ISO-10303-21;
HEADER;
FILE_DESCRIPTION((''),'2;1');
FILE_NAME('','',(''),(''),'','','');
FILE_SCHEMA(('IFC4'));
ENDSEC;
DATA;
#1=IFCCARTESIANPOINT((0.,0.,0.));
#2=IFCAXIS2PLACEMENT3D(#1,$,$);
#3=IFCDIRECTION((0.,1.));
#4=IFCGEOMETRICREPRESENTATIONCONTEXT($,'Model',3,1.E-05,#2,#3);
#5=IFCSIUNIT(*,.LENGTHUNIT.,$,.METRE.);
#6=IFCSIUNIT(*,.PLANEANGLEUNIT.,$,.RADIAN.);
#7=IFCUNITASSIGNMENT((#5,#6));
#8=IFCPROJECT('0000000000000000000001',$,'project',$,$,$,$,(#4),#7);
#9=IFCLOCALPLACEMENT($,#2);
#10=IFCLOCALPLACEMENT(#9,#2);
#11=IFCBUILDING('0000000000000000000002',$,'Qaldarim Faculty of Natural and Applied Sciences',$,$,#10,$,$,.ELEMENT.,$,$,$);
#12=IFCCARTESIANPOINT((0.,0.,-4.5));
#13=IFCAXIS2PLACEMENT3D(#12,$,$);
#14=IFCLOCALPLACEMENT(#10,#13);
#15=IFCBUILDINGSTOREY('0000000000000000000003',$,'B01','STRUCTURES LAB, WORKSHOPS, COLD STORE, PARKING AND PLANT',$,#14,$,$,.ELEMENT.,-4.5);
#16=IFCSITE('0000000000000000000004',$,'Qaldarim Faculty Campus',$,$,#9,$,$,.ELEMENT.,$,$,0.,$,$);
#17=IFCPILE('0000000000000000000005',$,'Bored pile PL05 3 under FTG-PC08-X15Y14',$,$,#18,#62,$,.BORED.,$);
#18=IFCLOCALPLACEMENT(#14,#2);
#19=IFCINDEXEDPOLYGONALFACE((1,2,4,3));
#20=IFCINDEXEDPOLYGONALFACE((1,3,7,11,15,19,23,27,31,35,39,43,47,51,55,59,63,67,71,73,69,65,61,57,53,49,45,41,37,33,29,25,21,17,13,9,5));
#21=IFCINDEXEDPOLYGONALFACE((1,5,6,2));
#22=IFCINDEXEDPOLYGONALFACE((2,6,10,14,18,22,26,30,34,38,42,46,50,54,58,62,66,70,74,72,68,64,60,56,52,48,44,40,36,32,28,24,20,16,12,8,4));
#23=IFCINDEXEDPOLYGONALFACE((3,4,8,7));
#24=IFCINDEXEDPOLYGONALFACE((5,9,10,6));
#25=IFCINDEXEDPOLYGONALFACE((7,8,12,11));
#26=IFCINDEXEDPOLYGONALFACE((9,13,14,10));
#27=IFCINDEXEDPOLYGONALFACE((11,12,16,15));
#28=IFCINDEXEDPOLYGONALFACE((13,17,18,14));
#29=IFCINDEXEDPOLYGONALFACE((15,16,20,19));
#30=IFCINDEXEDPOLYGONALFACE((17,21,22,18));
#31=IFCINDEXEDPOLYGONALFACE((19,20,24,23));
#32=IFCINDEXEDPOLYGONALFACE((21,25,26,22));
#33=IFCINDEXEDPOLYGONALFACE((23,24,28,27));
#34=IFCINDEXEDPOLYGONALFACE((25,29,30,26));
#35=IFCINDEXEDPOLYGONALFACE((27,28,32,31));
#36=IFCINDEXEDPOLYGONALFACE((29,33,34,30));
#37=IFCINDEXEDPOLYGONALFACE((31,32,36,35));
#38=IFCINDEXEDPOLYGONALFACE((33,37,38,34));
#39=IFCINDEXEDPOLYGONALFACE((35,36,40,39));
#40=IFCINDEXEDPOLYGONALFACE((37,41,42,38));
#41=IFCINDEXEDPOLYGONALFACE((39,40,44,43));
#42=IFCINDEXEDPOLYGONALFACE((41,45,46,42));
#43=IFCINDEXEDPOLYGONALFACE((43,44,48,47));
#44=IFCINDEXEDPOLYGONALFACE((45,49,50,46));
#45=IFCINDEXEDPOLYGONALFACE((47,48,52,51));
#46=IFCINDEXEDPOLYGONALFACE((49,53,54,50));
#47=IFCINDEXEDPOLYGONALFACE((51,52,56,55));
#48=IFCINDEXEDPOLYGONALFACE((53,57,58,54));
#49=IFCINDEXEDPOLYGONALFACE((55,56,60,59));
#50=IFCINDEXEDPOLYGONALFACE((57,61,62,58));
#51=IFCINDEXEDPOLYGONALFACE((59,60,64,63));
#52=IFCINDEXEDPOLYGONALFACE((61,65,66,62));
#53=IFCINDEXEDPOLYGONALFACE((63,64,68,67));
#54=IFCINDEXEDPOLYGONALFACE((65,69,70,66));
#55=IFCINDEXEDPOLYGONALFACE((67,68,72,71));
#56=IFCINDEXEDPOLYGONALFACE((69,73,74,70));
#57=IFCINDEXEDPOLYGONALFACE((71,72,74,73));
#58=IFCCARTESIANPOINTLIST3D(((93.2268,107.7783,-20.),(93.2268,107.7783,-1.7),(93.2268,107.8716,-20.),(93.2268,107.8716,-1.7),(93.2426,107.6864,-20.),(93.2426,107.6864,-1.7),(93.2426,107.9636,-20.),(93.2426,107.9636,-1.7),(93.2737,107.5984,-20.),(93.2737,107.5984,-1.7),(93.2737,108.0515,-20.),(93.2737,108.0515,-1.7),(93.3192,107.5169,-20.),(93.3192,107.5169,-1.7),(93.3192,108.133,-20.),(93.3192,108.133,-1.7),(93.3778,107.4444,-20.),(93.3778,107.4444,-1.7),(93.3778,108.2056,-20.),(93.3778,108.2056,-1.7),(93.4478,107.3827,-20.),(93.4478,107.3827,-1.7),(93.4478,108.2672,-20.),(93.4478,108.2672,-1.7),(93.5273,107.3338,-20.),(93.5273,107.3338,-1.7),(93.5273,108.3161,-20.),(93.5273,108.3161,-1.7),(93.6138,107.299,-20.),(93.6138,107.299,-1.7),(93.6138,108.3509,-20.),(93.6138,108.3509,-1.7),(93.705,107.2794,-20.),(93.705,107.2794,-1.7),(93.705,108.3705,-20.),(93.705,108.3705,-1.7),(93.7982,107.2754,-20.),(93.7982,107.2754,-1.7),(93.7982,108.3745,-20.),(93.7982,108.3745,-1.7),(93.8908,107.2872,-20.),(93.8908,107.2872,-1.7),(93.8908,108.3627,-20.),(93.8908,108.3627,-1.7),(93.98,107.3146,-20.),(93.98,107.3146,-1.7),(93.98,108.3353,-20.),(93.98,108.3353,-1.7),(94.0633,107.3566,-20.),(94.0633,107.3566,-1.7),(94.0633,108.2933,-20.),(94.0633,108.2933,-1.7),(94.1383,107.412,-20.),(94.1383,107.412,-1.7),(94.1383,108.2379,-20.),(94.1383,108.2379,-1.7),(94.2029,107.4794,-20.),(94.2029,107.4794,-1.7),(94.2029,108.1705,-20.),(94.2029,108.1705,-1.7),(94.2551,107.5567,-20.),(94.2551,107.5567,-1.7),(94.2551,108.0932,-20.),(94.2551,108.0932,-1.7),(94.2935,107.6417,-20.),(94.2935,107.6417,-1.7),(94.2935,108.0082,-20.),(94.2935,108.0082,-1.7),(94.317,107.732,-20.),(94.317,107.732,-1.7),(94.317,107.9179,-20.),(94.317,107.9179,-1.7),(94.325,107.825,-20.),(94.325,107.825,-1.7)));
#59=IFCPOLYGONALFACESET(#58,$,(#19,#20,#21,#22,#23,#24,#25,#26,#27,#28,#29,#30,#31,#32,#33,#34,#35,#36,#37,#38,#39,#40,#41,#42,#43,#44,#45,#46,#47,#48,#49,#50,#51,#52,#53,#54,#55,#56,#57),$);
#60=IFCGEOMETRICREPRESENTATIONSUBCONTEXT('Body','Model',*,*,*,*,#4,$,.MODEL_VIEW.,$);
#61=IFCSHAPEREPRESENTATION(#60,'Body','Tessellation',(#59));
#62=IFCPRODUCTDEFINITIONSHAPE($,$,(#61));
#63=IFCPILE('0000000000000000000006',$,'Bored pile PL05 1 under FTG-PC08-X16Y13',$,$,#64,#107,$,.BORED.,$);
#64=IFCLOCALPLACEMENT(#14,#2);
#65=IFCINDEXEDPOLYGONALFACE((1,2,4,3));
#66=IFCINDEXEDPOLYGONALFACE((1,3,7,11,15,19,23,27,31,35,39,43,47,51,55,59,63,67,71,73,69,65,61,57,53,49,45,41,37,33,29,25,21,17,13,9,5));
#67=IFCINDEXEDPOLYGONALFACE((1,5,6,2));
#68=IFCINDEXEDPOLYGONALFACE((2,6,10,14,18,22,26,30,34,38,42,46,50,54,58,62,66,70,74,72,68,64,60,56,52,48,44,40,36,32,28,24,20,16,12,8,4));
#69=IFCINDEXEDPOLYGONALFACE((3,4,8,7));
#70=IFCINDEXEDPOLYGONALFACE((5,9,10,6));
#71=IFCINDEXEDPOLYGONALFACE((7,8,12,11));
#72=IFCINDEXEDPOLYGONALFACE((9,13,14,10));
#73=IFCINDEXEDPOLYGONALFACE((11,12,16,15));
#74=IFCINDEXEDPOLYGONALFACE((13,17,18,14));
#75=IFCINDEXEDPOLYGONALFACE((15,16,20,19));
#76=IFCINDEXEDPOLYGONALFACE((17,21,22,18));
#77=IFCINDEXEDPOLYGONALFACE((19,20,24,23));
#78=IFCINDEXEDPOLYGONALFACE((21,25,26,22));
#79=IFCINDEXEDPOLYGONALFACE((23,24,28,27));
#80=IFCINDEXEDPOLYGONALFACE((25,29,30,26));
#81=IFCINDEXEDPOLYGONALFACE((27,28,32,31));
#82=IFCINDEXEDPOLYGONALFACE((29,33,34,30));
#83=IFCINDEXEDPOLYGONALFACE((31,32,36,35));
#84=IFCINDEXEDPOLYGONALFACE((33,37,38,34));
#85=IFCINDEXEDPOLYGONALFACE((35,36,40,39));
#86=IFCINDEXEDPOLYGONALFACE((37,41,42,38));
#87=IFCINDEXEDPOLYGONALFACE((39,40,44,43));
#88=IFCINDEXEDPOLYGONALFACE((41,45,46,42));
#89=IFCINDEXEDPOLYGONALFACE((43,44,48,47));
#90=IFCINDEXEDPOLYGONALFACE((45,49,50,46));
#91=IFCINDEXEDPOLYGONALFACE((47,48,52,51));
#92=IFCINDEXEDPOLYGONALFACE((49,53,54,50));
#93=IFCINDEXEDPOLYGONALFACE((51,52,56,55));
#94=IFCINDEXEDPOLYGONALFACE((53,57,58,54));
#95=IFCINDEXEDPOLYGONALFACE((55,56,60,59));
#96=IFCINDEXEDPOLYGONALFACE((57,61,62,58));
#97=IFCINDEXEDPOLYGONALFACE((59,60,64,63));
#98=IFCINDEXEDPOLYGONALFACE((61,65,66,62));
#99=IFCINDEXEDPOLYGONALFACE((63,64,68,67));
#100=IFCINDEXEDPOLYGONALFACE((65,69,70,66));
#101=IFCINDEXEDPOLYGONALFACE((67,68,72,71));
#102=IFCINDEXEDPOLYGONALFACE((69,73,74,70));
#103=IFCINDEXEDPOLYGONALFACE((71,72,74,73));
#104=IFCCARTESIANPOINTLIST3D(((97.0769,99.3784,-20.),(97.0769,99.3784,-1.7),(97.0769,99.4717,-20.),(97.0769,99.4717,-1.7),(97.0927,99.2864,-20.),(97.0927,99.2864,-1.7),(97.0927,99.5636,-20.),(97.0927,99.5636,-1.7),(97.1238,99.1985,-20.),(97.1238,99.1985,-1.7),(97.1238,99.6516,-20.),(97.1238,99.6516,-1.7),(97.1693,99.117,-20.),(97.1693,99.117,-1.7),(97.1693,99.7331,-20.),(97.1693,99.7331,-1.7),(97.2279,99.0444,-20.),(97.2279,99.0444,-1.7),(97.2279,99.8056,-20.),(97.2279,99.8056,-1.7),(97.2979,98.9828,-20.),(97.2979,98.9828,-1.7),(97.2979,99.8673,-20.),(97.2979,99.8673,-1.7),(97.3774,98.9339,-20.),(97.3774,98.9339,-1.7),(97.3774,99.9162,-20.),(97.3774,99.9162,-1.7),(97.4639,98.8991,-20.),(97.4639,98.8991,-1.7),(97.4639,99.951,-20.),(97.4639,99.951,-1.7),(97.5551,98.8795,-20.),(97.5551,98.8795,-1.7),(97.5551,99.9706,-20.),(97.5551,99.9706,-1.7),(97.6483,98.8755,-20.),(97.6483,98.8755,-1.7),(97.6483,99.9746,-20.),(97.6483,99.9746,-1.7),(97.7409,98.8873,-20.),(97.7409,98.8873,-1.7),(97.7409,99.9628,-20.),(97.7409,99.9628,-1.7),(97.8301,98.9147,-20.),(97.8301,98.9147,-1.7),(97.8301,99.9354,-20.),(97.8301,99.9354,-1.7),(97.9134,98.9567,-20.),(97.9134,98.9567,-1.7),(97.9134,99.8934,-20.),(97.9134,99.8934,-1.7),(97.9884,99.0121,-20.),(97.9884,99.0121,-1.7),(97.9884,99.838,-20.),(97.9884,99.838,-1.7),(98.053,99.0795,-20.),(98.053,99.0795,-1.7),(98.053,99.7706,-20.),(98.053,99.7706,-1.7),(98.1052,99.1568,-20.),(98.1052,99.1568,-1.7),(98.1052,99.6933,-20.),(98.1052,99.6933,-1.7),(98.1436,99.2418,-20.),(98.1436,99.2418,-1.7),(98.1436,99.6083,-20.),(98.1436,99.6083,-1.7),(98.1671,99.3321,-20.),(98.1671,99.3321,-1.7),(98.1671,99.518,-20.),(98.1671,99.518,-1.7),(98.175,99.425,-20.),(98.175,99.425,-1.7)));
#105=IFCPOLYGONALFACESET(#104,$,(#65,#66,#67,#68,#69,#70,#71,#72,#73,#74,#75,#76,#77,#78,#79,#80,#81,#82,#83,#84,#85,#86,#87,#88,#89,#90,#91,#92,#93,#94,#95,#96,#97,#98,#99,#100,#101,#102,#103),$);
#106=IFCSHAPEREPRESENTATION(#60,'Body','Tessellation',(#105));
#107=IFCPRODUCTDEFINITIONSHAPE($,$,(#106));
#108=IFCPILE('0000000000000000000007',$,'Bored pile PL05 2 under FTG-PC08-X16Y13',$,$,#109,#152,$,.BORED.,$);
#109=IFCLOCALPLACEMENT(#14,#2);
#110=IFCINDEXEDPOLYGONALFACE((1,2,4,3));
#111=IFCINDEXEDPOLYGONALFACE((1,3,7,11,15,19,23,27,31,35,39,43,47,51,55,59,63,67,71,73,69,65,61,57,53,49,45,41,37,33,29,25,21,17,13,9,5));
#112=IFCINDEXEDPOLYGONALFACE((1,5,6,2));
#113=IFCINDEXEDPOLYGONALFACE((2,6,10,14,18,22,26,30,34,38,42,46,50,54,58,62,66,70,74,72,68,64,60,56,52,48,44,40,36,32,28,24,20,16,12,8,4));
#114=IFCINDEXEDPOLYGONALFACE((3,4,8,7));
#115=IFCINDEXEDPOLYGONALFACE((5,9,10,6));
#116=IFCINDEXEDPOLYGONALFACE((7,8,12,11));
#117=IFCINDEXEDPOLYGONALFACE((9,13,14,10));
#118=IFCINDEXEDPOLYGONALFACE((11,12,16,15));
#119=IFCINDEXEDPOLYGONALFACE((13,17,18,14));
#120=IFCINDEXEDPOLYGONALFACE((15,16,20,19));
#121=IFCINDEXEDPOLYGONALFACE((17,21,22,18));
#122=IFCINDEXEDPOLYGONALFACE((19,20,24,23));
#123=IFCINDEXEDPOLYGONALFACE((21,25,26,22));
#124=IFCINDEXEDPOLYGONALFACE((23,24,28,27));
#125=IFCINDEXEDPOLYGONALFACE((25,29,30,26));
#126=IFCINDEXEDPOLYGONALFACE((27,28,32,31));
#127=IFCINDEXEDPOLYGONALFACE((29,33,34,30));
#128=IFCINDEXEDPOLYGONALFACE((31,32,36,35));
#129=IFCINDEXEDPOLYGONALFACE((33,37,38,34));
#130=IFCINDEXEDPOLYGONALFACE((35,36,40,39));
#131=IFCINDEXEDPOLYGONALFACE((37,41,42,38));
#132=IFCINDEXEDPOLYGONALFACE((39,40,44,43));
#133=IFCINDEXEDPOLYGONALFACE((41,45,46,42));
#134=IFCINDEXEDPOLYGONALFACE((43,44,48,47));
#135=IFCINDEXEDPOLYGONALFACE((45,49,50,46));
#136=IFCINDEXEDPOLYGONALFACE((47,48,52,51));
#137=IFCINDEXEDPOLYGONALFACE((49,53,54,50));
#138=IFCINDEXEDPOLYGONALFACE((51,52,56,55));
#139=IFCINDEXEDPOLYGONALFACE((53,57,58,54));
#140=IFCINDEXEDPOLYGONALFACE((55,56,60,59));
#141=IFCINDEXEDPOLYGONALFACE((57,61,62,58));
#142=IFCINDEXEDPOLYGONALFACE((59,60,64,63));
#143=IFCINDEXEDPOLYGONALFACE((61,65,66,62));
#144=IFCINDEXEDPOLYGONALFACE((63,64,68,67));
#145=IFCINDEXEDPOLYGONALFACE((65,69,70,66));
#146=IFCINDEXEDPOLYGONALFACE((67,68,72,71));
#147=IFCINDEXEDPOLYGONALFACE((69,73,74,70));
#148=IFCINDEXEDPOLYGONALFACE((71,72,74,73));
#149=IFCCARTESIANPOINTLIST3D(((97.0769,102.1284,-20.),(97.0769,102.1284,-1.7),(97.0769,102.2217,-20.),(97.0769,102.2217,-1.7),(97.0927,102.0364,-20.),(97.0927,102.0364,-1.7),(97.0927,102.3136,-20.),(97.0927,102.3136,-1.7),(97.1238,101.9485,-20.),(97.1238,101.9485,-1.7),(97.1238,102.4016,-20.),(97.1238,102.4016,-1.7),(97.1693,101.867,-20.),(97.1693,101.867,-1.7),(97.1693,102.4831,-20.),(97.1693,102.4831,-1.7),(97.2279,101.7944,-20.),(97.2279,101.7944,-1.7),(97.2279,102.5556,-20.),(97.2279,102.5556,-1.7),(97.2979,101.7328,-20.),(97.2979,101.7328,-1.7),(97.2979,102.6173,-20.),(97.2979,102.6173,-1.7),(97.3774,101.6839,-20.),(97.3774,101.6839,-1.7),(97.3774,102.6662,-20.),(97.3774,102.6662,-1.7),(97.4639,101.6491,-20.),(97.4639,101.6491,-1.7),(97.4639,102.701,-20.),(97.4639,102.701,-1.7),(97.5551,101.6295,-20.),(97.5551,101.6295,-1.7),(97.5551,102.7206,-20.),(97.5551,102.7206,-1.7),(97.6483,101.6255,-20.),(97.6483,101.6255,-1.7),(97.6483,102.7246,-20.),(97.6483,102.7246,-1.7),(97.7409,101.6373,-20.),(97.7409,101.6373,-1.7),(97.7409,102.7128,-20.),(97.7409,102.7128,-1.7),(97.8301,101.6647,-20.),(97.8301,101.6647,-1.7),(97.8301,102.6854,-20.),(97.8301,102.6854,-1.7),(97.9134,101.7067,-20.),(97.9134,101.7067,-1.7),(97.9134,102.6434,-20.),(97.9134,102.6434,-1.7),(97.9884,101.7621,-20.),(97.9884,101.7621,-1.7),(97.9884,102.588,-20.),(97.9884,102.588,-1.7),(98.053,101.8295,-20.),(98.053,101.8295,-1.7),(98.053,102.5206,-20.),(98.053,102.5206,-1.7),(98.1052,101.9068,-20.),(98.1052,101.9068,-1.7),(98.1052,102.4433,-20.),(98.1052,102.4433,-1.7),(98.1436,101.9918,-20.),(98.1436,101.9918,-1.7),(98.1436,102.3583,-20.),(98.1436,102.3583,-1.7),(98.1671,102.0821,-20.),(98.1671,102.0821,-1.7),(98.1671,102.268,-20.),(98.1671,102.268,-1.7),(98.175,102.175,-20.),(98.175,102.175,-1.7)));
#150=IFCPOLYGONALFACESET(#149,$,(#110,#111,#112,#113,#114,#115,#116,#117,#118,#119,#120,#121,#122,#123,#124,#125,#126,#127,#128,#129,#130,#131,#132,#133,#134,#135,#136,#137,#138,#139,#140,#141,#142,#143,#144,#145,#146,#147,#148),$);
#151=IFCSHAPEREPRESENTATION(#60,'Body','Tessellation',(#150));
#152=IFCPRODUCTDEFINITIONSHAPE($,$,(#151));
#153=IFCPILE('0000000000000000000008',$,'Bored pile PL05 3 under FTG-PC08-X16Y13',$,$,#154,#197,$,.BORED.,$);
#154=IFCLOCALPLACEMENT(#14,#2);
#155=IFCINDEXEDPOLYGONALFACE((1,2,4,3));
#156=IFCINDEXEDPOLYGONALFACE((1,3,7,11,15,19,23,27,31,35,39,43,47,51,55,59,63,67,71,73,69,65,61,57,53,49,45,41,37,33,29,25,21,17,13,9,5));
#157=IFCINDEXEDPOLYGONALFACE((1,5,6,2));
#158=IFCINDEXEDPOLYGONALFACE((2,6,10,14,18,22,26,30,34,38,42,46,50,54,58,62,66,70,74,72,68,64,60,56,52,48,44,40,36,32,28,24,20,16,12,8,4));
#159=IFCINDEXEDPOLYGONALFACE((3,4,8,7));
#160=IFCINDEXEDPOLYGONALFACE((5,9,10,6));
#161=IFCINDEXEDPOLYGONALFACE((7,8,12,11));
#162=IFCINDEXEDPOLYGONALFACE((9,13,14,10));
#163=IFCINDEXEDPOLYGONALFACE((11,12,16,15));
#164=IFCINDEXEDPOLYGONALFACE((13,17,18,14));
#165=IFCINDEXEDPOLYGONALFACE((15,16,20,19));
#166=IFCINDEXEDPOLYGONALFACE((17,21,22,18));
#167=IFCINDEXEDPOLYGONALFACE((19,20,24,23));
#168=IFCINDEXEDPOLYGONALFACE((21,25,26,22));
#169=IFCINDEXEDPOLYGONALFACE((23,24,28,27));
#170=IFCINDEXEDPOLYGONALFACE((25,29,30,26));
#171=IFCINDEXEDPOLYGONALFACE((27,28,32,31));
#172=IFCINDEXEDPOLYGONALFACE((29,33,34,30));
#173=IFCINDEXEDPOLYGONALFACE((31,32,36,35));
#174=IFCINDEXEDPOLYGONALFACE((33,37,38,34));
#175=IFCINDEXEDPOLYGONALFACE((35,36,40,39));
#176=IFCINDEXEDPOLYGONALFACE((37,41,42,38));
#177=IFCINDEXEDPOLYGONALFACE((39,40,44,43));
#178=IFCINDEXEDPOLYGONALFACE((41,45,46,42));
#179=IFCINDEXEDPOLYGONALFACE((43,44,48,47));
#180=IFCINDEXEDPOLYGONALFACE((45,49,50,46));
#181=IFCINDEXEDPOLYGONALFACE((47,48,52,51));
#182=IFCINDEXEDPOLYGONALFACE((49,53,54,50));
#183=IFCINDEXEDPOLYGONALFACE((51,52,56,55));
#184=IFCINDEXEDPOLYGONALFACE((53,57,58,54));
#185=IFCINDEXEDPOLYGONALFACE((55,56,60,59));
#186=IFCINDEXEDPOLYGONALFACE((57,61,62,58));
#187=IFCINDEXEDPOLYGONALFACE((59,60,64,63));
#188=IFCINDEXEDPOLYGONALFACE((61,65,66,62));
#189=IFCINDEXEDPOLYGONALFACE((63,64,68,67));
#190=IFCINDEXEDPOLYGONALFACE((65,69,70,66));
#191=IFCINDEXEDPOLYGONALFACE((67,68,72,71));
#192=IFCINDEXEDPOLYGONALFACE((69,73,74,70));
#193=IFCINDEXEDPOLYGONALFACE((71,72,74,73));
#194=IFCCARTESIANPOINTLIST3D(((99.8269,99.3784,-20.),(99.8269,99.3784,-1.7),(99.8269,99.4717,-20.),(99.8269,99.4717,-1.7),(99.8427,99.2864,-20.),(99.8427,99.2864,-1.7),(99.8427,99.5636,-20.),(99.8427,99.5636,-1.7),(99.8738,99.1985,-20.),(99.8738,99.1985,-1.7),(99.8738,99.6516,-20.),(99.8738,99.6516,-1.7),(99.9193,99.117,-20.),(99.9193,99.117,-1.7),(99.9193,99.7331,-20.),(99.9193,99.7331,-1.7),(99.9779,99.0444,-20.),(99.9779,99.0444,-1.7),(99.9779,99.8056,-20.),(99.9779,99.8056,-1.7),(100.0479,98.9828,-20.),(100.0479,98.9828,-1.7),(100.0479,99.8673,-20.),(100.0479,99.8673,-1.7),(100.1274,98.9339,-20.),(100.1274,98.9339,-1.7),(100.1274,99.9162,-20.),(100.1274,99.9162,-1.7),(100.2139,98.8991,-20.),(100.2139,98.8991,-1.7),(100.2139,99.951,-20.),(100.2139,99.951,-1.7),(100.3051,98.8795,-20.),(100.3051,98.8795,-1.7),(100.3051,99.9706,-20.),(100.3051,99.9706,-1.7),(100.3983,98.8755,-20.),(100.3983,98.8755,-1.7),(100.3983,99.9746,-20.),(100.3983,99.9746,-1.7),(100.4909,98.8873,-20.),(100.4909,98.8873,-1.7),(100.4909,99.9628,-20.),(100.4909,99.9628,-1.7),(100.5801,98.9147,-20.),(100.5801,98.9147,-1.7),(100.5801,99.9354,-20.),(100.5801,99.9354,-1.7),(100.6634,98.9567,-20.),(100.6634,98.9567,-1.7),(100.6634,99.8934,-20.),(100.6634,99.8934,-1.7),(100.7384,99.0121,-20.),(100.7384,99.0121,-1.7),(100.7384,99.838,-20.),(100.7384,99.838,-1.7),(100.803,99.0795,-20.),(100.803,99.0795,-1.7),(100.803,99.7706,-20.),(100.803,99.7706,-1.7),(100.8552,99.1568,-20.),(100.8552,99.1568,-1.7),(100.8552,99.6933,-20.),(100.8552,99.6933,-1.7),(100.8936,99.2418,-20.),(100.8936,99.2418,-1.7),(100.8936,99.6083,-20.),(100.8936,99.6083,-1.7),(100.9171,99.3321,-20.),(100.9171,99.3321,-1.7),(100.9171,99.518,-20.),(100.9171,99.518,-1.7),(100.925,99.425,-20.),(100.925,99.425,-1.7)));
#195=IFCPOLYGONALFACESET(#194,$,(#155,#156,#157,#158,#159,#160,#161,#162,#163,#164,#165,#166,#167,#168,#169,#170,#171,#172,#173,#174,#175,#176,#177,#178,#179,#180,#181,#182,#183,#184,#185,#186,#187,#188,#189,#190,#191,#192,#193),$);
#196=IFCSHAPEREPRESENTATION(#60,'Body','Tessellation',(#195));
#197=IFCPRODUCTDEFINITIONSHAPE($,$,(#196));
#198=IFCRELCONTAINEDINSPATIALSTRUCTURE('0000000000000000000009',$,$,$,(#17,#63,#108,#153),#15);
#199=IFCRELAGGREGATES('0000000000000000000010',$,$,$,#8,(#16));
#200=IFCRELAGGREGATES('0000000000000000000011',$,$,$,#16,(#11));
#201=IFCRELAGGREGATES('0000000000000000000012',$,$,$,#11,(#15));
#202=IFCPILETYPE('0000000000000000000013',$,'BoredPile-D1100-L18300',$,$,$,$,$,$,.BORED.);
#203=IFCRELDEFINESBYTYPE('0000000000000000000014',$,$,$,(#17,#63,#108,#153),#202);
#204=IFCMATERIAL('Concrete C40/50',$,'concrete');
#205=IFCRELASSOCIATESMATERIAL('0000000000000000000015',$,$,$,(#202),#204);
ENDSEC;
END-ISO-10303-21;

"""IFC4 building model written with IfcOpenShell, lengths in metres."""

from ifc_helpers import new_model, si_unit, direction, frame, origin, origin_2d, place, context, subcontext, project, spatial, circle, extrude, material, material_profile, profile_set, type_object, element, save


model = new_model("IFC4")

# Units and contexts
model_context = context("Model", 3, precision=1e-05, world=origin(), true_north=direction((0.0, 1.0)))
body_context = subcontext(model_context, "Body", "Model", "MODEL_VIEW")
ifc_project = project(units=[si_unit("LENGTHUNIT", "METRE"), si_unit("PLANEANGLEUNIT", "RADIAN")], contexts=[model_context])

# Site, building, storey
site_placement = place(None, origin())
site = spatial("IfcSite", under=ifc_project, at=site_placement, Name="Qaldarim Faculty Campus", CompositionType="ELEMENT", RefElevation=0.0)
building_placement = place(site_placement, origin())
building = spatial("IfcBuilding", under=site, at=building_placement, Name="Qaldarim Faculty of Natural and Applied Sciences", CompositionType="ELEMENT")
storey_placement = place(building_placement, frame((0.0, 0.0, -4.5)))
storey = spatial("IfcBuildingStorey", under=building, at=storey_placement, Name="B01", Description="STRUCTURES LAB, WORKSHOPS, COLD STORE, PARKING AND PLANT", CompositionType="ELEMENT", Elevation=-4.5)

# Piles
ifc_material_1 = material(Name="Concrete C40/50", Category="concrete")
ifc_material_profile_1 = material_profile(ifc_material_1, circle(Radius=0.55, at=origin_2d()), Name="PILE-D1100")
ifc_profile_set_1 = profile_set([ifc_material_profile_1], Name="Concrete C40/50")
pile_type_1 = type_object("IfcPileType", Name="BoredPile-D1100-L18300", PredefinedType="BORED", material=ifc_profile_set_1)
for number, where, z_axis, x_axis, name in (
    (1, (93.7749, 107.825, -1.7), (0.0, 0.0, -1.0), (1.0, 0.0, 0.0), "Bored pile PL05 3 under FTG-PC08-X15Y14"),
    (2, (97.625, 99.425, -1.7), (0.0, 0.0, -1.0), (1.0, 0.0, 0.0), "Bored pile PL05 1 under FTG-PC08-X16Y13"),
    (3, (97.625, 102.175, -1.7), (0.0, 0.0, -1.0), (1.0, 0.0, 0.0), "Bored pile PL05 2 under FTG-PC08-X16Y13"),
    (4, (100.375, 99.425, -1.7), (0.0, 0.0, -1.0), (1.0, 0.0, 0.0), "Bored pile PL05 3 under FTG-PC08-X16Y13"),
):
    element("IfcPile", number, at=place(storey_placement, frame(where, z_axis=z_axis, x_axis=x_axis)), inside=storey, type_object=pile_type_1, Name=name, PredefinedType="BORED", context=body_context, shape_type="SweptSolid", body=[
        extrude(circle(Radius=0.55, at=origin_2d()), origin(), (0.0, 0.0, 1.0), 18.3),
    ])

save(model, "model.ifc")
